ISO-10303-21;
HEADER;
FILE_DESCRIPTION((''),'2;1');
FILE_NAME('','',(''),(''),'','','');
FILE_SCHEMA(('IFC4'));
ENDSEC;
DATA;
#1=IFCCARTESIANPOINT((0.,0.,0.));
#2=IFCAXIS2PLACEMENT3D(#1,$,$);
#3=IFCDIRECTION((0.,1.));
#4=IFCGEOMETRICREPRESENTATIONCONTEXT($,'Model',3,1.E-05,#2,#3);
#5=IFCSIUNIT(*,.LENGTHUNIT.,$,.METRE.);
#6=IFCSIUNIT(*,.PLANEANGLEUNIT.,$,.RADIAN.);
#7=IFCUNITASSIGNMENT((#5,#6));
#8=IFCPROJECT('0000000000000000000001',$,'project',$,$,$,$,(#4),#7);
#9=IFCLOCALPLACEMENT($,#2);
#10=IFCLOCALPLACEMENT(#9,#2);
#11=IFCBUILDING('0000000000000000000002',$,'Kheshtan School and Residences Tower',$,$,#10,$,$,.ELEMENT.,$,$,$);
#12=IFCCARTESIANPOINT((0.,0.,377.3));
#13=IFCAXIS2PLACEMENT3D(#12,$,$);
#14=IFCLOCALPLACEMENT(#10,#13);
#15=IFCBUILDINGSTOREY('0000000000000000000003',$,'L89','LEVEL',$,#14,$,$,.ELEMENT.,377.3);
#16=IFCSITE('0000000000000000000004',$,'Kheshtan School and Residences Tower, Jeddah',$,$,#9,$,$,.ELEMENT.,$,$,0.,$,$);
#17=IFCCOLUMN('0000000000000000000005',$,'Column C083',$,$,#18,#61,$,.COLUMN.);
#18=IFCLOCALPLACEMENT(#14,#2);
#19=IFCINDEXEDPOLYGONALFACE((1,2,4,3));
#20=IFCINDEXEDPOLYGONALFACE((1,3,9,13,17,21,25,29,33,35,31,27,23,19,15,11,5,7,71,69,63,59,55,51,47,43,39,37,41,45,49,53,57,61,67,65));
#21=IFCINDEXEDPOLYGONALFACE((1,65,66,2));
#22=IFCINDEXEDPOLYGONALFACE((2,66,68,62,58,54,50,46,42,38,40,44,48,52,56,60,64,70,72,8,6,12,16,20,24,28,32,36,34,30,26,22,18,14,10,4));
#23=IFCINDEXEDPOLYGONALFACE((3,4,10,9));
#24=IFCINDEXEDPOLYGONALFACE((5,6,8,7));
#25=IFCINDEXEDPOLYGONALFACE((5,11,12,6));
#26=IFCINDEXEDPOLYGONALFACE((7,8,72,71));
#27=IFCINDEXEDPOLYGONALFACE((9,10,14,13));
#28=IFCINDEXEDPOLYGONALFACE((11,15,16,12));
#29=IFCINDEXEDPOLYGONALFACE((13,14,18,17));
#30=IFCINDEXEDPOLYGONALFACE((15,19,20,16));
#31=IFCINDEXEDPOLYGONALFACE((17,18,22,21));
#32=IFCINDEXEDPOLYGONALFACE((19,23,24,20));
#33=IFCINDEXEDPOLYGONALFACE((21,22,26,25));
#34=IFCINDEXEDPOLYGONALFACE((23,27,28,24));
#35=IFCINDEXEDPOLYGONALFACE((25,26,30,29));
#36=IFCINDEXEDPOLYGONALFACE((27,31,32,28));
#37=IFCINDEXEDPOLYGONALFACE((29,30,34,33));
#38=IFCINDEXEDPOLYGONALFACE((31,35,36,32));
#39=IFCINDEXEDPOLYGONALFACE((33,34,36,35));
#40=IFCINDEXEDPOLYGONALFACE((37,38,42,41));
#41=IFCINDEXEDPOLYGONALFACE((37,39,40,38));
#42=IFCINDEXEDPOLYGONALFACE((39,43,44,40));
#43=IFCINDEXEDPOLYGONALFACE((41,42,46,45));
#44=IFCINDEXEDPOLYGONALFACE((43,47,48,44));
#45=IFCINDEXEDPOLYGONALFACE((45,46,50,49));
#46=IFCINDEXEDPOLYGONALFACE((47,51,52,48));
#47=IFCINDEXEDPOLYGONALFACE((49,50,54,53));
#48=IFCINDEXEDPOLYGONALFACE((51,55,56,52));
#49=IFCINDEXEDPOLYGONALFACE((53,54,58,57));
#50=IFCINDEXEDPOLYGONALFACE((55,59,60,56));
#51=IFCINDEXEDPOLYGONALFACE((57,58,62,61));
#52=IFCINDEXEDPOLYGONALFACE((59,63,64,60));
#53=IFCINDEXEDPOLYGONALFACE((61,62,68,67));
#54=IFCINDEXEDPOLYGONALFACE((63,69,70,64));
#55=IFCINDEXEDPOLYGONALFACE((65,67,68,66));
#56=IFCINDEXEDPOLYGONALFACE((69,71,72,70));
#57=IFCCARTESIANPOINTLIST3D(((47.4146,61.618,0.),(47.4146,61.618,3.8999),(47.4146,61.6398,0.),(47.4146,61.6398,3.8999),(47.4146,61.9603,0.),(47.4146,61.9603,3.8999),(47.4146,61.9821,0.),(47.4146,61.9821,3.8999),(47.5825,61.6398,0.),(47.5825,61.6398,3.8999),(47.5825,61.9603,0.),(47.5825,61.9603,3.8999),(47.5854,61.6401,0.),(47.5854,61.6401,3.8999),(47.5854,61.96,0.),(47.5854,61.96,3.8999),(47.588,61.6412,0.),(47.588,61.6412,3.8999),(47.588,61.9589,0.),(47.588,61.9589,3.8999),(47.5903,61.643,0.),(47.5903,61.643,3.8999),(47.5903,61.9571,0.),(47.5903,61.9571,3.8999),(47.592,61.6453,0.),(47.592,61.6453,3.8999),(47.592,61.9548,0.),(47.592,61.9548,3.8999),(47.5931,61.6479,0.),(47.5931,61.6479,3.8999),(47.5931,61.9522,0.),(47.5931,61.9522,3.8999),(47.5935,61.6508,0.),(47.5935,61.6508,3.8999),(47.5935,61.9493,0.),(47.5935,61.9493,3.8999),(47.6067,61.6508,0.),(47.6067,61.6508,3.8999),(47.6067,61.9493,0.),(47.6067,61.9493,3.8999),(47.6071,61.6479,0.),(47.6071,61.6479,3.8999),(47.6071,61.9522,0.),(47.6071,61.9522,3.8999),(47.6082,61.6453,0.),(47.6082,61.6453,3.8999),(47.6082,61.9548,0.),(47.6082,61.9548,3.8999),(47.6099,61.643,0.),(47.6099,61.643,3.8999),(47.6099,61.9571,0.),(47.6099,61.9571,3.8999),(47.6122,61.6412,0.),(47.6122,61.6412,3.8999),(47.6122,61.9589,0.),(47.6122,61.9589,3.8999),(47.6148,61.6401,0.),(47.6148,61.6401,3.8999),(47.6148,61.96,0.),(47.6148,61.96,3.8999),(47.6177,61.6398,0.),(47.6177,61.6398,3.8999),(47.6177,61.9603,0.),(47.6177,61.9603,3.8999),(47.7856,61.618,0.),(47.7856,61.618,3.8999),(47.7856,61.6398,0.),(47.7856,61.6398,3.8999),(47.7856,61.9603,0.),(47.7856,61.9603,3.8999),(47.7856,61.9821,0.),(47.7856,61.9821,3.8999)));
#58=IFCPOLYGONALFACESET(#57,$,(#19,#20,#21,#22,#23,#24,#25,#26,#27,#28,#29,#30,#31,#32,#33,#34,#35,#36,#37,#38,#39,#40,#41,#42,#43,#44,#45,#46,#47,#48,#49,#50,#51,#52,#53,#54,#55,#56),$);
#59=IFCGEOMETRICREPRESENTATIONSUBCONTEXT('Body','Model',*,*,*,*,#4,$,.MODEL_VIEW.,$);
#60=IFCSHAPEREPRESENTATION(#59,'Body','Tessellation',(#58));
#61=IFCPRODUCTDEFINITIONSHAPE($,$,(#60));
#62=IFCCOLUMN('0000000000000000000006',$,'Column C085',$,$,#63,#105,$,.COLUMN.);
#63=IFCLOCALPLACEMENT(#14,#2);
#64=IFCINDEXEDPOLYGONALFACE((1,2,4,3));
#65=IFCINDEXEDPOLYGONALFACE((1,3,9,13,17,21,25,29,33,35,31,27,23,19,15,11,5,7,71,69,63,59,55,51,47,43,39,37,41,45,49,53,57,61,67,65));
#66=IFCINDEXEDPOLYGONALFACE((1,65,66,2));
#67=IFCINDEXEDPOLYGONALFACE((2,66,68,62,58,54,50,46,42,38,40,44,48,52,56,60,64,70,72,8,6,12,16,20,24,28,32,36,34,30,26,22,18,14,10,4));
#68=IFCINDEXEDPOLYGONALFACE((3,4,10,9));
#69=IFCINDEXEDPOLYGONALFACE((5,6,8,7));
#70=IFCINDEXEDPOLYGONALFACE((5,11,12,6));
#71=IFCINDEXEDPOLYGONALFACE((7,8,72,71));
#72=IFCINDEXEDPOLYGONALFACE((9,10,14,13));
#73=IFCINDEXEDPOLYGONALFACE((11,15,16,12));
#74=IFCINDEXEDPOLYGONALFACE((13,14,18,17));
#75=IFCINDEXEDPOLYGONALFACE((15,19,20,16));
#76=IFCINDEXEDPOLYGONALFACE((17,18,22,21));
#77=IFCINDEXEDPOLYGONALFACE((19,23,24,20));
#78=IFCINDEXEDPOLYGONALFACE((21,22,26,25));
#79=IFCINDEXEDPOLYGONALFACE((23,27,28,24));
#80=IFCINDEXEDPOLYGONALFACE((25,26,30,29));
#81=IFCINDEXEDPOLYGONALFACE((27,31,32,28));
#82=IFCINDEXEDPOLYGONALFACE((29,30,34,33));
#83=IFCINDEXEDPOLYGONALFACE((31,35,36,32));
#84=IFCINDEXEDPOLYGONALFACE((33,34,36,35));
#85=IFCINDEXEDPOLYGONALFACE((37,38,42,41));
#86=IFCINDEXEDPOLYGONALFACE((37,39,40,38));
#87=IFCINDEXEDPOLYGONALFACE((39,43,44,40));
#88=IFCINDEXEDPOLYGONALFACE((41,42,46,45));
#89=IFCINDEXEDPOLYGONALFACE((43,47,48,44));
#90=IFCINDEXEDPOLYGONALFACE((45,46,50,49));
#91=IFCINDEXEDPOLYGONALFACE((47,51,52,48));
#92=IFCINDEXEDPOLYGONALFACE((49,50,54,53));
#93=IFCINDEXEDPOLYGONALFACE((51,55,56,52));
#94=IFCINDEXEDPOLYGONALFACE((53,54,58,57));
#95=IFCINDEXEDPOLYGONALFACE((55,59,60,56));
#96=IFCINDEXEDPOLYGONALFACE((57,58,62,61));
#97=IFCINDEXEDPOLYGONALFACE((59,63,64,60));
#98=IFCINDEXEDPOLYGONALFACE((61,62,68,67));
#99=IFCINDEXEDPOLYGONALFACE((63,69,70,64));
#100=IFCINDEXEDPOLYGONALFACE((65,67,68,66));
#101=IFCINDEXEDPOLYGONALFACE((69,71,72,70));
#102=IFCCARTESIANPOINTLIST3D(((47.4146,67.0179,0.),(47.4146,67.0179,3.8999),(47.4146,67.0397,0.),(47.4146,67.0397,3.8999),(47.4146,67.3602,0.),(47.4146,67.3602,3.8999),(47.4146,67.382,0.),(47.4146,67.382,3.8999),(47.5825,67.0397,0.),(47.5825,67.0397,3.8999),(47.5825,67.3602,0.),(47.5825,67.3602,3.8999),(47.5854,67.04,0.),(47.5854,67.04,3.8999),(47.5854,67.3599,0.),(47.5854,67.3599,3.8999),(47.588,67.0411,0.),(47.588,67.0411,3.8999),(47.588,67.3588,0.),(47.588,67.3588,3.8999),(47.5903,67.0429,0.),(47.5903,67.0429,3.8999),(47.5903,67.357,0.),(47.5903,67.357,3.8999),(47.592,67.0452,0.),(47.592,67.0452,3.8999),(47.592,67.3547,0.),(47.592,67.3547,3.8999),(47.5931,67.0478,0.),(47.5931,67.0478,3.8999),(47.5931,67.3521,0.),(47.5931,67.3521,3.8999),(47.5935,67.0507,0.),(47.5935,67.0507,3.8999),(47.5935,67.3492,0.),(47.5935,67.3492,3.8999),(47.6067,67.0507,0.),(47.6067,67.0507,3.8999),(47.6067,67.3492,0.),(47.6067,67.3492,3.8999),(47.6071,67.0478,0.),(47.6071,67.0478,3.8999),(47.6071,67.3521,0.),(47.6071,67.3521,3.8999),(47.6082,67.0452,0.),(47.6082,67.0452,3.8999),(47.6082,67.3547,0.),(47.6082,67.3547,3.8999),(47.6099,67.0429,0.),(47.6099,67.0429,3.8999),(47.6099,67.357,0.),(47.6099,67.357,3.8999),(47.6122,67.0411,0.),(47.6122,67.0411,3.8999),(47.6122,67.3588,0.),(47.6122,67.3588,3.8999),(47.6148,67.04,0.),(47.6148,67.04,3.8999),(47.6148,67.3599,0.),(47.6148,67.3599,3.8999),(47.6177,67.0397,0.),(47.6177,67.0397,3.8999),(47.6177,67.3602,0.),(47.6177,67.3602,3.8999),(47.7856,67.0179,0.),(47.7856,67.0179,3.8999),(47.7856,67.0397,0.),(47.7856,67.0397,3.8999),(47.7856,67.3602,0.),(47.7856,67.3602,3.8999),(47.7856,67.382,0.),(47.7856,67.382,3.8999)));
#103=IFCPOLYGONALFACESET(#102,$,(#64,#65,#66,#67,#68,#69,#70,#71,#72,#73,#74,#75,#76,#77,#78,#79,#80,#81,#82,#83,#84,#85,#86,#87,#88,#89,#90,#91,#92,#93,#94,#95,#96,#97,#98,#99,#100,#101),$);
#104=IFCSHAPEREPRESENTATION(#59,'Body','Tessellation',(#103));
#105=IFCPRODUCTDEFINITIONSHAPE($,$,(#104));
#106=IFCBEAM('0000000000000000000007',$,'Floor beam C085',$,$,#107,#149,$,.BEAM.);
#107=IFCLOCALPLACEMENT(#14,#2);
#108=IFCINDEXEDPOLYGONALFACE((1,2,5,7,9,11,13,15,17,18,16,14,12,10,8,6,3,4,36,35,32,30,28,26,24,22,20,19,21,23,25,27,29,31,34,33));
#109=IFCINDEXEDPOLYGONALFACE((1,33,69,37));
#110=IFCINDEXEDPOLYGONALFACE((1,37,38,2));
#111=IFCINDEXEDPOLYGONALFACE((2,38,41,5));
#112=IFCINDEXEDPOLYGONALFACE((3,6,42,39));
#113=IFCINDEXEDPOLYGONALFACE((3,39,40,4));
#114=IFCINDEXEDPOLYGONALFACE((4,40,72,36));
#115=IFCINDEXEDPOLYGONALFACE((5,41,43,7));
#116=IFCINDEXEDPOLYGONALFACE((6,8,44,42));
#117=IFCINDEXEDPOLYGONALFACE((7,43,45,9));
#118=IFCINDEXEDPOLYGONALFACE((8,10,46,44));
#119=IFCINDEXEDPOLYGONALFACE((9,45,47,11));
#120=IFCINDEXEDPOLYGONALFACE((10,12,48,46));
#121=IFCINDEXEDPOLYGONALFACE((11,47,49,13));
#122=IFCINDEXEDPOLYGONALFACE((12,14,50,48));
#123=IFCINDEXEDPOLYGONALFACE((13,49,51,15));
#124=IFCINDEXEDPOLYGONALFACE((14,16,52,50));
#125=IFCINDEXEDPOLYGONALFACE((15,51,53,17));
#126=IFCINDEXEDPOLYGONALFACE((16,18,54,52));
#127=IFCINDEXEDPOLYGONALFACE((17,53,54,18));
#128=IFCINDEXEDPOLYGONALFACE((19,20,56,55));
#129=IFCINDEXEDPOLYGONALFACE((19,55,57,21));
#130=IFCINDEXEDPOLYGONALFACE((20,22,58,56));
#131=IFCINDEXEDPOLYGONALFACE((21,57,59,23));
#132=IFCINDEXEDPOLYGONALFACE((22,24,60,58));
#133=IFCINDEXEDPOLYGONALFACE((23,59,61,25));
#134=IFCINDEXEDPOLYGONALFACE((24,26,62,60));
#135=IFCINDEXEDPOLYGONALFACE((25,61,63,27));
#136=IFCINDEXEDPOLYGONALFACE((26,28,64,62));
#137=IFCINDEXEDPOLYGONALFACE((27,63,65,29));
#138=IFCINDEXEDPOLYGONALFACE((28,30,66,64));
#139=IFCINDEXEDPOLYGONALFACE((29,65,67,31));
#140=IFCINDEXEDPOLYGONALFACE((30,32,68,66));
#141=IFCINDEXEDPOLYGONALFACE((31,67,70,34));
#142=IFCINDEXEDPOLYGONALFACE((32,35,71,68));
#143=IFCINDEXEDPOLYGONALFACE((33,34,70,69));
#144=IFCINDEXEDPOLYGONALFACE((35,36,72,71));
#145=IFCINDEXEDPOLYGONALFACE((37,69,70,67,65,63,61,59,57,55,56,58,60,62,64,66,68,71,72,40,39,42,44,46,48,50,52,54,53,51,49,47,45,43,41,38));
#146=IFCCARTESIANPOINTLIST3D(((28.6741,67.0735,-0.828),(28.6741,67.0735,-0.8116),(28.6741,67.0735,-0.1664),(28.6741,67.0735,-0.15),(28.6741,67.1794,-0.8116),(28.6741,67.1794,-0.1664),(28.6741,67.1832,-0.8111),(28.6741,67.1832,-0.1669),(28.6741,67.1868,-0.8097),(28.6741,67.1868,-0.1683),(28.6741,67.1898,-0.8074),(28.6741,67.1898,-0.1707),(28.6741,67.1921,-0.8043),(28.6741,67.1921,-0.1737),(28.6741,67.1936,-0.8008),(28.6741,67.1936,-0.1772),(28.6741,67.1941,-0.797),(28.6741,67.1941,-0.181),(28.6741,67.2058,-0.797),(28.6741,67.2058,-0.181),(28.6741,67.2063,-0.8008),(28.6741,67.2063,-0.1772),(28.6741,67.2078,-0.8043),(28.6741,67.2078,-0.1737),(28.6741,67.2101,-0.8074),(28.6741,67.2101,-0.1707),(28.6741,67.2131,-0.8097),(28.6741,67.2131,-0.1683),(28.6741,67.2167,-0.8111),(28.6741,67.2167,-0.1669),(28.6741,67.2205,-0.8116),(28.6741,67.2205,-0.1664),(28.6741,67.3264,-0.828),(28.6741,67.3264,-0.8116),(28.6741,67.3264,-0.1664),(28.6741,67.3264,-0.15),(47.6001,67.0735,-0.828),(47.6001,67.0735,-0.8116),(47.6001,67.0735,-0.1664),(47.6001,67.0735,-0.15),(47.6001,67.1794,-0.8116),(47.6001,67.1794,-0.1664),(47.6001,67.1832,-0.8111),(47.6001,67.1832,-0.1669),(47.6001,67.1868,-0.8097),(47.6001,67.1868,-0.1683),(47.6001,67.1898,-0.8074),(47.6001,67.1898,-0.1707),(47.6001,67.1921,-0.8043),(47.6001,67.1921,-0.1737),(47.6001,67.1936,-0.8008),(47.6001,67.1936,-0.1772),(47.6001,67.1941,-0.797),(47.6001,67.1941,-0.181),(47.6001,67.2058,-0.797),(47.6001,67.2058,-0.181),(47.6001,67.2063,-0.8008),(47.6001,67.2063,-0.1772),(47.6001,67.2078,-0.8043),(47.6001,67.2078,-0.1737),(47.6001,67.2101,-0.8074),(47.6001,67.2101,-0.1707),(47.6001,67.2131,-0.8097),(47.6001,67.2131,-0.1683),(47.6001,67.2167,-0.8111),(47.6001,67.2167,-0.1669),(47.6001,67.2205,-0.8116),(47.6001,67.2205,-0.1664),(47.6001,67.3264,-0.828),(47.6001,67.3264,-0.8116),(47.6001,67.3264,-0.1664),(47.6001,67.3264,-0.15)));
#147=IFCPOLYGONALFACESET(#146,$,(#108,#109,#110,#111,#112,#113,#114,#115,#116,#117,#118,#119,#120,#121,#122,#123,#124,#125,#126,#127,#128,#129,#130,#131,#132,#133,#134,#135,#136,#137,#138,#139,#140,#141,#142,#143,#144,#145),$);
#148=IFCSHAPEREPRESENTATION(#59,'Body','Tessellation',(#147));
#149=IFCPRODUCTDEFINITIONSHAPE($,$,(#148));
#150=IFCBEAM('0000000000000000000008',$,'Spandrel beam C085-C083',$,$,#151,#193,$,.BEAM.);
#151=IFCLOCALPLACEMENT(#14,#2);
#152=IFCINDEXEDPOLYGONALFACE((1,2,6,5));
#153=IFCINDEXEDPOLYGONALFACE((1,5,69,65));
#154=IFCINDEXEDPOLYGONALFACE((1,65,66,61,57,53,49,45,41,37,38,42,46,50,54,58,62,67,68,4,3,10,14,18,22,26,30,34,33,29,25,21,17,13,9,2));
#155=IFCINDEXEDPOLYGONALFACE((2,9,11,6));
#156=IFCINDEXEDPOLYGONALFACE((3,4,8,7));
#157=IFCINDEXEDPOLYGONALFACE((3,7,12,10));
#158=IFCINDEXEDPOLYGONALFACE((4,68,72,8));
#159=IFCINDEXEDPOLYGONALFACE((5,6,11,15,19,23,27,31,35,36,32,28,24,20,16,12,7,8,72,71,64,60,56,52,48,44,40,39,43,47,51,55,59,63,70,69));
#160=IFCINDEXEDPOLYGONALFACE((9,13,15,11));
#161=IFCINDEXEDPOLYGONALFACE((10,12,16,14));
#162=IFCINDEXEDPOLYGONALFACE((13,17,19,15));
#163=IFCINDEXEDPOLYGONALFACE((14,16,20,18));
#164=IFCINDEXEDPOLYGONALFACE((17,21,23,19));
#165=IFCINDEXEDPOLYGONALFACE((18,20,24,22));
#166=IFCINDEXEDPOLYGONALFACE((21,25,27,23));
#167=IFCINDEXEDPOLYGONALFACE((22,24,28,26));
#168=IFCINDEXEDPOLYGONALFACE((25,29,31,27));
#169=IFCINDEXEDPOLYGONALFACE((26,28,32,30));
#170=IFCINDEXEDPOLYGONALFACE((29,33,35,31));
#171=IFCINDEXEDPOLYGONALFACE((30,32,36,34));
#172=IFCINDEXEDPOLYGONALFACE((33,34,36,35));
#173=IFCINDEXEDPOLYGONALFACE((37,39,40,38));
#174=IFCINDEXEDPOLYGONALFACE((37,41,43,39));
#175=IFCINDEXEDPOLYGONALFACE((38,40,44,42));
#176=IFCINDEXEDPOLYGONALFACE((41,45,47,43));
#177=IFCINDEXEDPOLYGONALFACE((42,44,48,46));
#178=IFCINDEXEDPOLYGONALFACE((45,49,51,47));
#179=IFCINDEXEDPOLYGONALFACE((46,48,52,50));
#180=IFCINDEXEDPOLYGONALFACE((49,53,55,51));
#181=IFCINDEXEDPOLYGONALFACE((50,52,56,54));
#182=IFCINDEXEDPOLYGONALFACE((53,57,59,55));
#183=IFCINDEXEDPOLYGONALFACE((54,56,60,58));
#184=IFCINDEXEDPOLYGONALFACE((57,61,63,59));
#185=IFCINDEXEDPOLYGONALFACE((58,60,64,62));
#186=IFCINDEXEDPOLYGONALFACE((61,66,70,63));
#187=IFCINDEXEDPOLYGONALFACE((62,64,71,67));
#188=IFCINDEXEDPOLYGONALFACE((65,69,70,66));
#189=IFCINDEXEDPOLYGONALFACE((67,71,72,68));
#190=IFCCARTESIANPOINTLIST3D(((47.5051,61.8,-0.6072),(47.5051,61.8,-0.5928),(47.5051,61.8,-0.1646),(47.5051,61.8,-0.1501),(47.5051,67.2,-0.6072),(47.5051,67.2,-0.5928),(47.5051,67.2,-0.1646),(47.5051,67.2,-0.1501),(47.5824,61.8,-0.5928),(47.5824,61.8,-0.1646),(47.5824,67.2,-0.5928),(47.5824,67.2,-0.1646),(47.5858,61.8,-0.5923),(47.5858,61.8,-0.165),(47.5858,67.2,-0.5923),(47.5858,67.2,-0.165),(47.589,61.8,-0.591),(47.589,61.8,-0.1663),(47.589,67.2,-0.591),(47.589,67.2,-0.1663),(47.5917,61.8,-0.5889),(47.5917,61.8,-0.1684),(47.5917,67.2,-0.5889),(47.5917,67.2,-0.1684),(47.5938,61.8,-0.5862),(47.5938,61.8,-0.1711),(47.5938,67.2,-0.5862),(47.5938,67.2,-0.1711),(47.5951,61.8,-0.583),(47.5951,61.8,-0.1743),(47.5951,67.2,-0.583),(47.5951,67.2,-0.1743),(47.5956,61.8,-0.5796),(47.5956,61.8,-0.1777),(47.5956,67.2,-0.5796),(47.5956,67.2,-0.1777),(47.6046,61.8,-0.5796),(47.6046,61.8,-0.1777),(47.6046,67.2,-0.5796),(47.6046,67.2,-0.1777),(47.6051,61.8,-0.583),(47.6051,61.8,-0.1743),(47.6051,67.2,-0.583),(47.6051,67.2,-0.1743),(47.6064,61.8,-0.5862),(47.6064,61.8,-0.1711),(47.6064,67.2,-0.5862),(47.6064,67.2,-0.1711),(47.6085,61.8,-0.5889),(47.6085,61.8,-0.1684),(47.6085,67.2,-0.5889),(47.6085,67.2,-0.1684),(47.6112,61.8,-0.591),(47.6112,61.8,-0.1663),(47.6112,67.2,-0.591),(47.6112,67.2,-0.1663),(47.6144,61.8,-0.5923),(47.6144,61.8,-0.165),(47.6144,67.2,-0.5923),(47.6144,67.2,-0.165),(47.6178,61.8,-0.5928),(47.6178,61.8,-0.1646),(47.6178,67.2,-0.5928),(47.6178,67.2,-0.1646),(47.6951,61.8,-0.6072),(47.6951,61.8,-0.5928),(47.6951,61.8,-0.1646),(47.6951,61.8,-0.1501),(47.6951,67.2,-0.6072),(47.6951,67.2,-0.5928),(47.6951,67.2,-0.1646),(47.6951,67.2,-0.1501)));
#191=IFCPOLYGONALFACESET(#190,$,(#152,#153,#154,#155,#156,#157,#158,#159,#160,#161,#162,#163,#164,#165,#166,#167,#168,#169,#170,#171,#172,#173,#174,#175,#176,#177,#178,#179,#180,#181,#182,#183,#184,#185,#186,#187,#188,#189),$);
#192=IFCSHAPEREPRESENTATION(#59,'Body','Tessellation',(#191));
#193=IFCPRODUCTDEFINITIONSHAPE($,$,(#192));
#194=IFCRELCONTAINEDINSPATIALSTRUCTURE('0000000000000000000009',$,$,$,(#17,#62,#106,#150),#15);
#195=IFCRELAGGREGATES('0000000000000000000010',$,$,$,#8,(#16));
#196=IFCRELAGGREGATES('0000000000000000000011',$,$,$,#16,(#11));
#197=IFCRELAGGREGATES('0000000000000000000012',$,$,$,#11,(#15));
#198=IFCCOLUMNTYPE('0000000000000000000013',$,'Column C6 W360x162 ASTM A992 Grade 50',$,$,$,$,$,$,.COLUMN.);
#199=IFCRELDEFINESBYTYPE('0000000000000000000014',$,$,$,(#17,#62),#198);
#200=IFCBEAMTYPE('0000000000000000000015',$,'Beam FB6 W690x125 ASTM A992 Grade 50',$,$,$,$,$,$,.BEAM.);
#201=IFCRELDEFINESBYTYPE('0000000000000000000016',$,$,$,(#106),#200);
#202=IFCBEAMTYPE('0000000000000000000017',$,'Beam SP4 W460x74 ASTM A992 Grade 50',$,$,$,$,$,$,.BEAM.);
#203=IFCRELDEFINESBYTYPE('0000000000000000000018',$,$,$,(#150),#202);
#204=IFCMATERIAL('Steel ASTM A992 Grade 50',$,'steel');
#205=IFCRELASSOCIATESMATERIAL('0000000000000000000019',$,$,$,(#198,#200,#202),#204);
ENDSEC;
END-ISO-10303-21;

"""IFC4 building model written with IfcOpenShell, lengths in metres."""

from ifc_helpers import new_model, si_unit, direction, frame, origin, origin_2d, place, context, subcontext, project, spatial, i_section, extrude, material, material_profile, profile_set, type_object, element, save


model = new_model("IFC4")

# Units and contexts
model_context = context("Model", 3, precision=1e-05, world=origin(), true_north=direction((0.0, 1.0)))
body_context = subcontext(model_context, "Body", "Model", "MODEL_VIEW")
ifc_project = project(units=[si_unit("LENGTHUNIT", "METRE"), si_unit("PLANEANGLEUNIT", "RADIAN")], contexts=[model_context])

# Site, building, storey
site_placement = place(None, origin())
site = spatial("IfcSite", under=ifc_project, at=site_placement, Name="Kheshtan School and Residences Tower, Jeddah", CompositionType="ELEMENT", RefElevation=0.0)
building_placement = place(site_placement, origin())
building = spatial("IfcBuilding", under=site, at=building_placement, Name="Kheshtan School and Residences Tower", CompositionType="ELEMENT")
storey_placement = place(building_placement, frame((0.0, 0.0, 377.3)))
storey = spatial("IfcBuildingStorey", under=building, at=storey_placement, Name="L89", Description="LEVEL", CompositionType="ELEMENT", Elevation=377.3)

# Columns
ifc_material_1 = material(Name="Steel ASTM A992 Grade 50", Category="steel")
ifc_material_profile_1 = material_profile(ifc_material_1, i_section(OverallWidth=0.3711, OverallDepth=0.364, WebThickness=0.0132, FlangeThickness=0.0217, FilletRadius=0.011, at=origin_2d()), Name="W360x162")
ifc_profile_set_1 = profile_set([ifc_material_profile_1], Name="Steel ASTM A992 Grade 50")
column_type = type_object("IfcColumnType", Name="Column C6 W360x162 ASTM A992 Grade 50", PredefinedType="COLUMN", material=ifc_profile_set_1)
for number, where, z_axis, x_axis, name in (
    (1, (47.6001, 61.8, 0.0), (0.0, 0.0, 1.0), (1.0, 0.0, 0.0), "Column C083"),
    (2, (47.6001, 67.2, 0.0), (0.0, 0.0, 1.0), (1.0, 0.0, 0.0), "Column C085"),
):
    element("IfcColumn", number, at=place(storey_placement, frame(where, z_axis=z_axis, x_axis=x_axis)), inside=storey, type_object=column_type, Name=name, PredefinedType="COLUMN", context=body_context, shape_type="SweptSolid", body=[
        extrude(i_section(OverallWidth=0.3711, OverallDepth=0.364, WebThickness=0.0132, FlangeThickness=0.0217, FilletRadius=0.011, at=origin_2d()), origin(), (0.0, 0.0, 1.0), 3.8999),
    ])

# Beams
ifc_material_profile_2 = material_profile(ifc_material_1, i_section(OverallWidth=0.2529, OverallDepth=0.678, WebThickness=0.0117, FlangeThickness=0.0164, FilletRadius=0.0146, at=origin_2d()), Name="W690x125")
ifc_profile_set_2 = profile_set([ifc_material_profile_2], Name="Steel ASTM A992 Grade 50")
beam_type_1 = type_object("IfcBeamType", Name="Beam FB6 W690x125 ASTM A992 Grade 50", PredefinedType="BEAM", material=ifc_profile_set_2)
beam_1_placement = place(storey_placement, frame((47.6001, 67.2, -0.489), z_axis=(-1.0, 0.0, 0.0), x_axis=(0.0, -1.0, 0.0)))
element("IfcBeam", 3, at=beam_1_placement, inside=storey, type_object=beam_type_1, Name="Floor beam C085", PredefinedType="BEAM", context=body_context, shape_type="SweptSolid", body=[
    extrude(i_section(OverallWidth=0.2529, OverallDepth=0.678, WebThickness=0.0117, FlangeThickness=0.0164, FilletRadius=0.0146, at=origin_2d()), origin(), (0.0, 0.0, 1.0), 18.926),
])
ifc_material_profile_3 = material_profile(ifc_material_1, i_section(OverallWidth=0.1899, OverallDepth=0.457, WebThickness=0.009, FlangeThickness=0.0144, FilletRadius=0.0132, at=origin_2d()), Name="W460x74")
ifc_profile_set_3 = profile_set([ifc_material_profile_3], Name="Steel ASTM A992 Grade 50")
beam_type_2 = type_object("IfcBeamType", Name="Beam SP4 W460x74 ASTM A992 Grade 50", PredefinedType="BEAM", material=ifc_profile_set_3)
beam_2_placement = place(storey_placement, frame((47.6001, 67.2, -0.3787), z_axis=(0.0, -1.0, 0.0), x_axis=(1.0, 0.0, 0.0)))
element("IfcBeam", 4, at=beam_2_placement, inside=storey, type_object=beam_type_2, Name="Spandrel beam C085-C083", PredefinedType="BEAM", context=body_context, shape_type="SweptSolid", body=[
    extrude(i_section(OverallWidth=0.1899, OverallDepth=0.457, WebThickness=0.009, FlangeThickness=0.0144, FilletRadius=0.0132, at=origin_2d()), origin(), (0.0, 0.0, 1.0), 5.3999),
])

save(model, "model.ifc")
